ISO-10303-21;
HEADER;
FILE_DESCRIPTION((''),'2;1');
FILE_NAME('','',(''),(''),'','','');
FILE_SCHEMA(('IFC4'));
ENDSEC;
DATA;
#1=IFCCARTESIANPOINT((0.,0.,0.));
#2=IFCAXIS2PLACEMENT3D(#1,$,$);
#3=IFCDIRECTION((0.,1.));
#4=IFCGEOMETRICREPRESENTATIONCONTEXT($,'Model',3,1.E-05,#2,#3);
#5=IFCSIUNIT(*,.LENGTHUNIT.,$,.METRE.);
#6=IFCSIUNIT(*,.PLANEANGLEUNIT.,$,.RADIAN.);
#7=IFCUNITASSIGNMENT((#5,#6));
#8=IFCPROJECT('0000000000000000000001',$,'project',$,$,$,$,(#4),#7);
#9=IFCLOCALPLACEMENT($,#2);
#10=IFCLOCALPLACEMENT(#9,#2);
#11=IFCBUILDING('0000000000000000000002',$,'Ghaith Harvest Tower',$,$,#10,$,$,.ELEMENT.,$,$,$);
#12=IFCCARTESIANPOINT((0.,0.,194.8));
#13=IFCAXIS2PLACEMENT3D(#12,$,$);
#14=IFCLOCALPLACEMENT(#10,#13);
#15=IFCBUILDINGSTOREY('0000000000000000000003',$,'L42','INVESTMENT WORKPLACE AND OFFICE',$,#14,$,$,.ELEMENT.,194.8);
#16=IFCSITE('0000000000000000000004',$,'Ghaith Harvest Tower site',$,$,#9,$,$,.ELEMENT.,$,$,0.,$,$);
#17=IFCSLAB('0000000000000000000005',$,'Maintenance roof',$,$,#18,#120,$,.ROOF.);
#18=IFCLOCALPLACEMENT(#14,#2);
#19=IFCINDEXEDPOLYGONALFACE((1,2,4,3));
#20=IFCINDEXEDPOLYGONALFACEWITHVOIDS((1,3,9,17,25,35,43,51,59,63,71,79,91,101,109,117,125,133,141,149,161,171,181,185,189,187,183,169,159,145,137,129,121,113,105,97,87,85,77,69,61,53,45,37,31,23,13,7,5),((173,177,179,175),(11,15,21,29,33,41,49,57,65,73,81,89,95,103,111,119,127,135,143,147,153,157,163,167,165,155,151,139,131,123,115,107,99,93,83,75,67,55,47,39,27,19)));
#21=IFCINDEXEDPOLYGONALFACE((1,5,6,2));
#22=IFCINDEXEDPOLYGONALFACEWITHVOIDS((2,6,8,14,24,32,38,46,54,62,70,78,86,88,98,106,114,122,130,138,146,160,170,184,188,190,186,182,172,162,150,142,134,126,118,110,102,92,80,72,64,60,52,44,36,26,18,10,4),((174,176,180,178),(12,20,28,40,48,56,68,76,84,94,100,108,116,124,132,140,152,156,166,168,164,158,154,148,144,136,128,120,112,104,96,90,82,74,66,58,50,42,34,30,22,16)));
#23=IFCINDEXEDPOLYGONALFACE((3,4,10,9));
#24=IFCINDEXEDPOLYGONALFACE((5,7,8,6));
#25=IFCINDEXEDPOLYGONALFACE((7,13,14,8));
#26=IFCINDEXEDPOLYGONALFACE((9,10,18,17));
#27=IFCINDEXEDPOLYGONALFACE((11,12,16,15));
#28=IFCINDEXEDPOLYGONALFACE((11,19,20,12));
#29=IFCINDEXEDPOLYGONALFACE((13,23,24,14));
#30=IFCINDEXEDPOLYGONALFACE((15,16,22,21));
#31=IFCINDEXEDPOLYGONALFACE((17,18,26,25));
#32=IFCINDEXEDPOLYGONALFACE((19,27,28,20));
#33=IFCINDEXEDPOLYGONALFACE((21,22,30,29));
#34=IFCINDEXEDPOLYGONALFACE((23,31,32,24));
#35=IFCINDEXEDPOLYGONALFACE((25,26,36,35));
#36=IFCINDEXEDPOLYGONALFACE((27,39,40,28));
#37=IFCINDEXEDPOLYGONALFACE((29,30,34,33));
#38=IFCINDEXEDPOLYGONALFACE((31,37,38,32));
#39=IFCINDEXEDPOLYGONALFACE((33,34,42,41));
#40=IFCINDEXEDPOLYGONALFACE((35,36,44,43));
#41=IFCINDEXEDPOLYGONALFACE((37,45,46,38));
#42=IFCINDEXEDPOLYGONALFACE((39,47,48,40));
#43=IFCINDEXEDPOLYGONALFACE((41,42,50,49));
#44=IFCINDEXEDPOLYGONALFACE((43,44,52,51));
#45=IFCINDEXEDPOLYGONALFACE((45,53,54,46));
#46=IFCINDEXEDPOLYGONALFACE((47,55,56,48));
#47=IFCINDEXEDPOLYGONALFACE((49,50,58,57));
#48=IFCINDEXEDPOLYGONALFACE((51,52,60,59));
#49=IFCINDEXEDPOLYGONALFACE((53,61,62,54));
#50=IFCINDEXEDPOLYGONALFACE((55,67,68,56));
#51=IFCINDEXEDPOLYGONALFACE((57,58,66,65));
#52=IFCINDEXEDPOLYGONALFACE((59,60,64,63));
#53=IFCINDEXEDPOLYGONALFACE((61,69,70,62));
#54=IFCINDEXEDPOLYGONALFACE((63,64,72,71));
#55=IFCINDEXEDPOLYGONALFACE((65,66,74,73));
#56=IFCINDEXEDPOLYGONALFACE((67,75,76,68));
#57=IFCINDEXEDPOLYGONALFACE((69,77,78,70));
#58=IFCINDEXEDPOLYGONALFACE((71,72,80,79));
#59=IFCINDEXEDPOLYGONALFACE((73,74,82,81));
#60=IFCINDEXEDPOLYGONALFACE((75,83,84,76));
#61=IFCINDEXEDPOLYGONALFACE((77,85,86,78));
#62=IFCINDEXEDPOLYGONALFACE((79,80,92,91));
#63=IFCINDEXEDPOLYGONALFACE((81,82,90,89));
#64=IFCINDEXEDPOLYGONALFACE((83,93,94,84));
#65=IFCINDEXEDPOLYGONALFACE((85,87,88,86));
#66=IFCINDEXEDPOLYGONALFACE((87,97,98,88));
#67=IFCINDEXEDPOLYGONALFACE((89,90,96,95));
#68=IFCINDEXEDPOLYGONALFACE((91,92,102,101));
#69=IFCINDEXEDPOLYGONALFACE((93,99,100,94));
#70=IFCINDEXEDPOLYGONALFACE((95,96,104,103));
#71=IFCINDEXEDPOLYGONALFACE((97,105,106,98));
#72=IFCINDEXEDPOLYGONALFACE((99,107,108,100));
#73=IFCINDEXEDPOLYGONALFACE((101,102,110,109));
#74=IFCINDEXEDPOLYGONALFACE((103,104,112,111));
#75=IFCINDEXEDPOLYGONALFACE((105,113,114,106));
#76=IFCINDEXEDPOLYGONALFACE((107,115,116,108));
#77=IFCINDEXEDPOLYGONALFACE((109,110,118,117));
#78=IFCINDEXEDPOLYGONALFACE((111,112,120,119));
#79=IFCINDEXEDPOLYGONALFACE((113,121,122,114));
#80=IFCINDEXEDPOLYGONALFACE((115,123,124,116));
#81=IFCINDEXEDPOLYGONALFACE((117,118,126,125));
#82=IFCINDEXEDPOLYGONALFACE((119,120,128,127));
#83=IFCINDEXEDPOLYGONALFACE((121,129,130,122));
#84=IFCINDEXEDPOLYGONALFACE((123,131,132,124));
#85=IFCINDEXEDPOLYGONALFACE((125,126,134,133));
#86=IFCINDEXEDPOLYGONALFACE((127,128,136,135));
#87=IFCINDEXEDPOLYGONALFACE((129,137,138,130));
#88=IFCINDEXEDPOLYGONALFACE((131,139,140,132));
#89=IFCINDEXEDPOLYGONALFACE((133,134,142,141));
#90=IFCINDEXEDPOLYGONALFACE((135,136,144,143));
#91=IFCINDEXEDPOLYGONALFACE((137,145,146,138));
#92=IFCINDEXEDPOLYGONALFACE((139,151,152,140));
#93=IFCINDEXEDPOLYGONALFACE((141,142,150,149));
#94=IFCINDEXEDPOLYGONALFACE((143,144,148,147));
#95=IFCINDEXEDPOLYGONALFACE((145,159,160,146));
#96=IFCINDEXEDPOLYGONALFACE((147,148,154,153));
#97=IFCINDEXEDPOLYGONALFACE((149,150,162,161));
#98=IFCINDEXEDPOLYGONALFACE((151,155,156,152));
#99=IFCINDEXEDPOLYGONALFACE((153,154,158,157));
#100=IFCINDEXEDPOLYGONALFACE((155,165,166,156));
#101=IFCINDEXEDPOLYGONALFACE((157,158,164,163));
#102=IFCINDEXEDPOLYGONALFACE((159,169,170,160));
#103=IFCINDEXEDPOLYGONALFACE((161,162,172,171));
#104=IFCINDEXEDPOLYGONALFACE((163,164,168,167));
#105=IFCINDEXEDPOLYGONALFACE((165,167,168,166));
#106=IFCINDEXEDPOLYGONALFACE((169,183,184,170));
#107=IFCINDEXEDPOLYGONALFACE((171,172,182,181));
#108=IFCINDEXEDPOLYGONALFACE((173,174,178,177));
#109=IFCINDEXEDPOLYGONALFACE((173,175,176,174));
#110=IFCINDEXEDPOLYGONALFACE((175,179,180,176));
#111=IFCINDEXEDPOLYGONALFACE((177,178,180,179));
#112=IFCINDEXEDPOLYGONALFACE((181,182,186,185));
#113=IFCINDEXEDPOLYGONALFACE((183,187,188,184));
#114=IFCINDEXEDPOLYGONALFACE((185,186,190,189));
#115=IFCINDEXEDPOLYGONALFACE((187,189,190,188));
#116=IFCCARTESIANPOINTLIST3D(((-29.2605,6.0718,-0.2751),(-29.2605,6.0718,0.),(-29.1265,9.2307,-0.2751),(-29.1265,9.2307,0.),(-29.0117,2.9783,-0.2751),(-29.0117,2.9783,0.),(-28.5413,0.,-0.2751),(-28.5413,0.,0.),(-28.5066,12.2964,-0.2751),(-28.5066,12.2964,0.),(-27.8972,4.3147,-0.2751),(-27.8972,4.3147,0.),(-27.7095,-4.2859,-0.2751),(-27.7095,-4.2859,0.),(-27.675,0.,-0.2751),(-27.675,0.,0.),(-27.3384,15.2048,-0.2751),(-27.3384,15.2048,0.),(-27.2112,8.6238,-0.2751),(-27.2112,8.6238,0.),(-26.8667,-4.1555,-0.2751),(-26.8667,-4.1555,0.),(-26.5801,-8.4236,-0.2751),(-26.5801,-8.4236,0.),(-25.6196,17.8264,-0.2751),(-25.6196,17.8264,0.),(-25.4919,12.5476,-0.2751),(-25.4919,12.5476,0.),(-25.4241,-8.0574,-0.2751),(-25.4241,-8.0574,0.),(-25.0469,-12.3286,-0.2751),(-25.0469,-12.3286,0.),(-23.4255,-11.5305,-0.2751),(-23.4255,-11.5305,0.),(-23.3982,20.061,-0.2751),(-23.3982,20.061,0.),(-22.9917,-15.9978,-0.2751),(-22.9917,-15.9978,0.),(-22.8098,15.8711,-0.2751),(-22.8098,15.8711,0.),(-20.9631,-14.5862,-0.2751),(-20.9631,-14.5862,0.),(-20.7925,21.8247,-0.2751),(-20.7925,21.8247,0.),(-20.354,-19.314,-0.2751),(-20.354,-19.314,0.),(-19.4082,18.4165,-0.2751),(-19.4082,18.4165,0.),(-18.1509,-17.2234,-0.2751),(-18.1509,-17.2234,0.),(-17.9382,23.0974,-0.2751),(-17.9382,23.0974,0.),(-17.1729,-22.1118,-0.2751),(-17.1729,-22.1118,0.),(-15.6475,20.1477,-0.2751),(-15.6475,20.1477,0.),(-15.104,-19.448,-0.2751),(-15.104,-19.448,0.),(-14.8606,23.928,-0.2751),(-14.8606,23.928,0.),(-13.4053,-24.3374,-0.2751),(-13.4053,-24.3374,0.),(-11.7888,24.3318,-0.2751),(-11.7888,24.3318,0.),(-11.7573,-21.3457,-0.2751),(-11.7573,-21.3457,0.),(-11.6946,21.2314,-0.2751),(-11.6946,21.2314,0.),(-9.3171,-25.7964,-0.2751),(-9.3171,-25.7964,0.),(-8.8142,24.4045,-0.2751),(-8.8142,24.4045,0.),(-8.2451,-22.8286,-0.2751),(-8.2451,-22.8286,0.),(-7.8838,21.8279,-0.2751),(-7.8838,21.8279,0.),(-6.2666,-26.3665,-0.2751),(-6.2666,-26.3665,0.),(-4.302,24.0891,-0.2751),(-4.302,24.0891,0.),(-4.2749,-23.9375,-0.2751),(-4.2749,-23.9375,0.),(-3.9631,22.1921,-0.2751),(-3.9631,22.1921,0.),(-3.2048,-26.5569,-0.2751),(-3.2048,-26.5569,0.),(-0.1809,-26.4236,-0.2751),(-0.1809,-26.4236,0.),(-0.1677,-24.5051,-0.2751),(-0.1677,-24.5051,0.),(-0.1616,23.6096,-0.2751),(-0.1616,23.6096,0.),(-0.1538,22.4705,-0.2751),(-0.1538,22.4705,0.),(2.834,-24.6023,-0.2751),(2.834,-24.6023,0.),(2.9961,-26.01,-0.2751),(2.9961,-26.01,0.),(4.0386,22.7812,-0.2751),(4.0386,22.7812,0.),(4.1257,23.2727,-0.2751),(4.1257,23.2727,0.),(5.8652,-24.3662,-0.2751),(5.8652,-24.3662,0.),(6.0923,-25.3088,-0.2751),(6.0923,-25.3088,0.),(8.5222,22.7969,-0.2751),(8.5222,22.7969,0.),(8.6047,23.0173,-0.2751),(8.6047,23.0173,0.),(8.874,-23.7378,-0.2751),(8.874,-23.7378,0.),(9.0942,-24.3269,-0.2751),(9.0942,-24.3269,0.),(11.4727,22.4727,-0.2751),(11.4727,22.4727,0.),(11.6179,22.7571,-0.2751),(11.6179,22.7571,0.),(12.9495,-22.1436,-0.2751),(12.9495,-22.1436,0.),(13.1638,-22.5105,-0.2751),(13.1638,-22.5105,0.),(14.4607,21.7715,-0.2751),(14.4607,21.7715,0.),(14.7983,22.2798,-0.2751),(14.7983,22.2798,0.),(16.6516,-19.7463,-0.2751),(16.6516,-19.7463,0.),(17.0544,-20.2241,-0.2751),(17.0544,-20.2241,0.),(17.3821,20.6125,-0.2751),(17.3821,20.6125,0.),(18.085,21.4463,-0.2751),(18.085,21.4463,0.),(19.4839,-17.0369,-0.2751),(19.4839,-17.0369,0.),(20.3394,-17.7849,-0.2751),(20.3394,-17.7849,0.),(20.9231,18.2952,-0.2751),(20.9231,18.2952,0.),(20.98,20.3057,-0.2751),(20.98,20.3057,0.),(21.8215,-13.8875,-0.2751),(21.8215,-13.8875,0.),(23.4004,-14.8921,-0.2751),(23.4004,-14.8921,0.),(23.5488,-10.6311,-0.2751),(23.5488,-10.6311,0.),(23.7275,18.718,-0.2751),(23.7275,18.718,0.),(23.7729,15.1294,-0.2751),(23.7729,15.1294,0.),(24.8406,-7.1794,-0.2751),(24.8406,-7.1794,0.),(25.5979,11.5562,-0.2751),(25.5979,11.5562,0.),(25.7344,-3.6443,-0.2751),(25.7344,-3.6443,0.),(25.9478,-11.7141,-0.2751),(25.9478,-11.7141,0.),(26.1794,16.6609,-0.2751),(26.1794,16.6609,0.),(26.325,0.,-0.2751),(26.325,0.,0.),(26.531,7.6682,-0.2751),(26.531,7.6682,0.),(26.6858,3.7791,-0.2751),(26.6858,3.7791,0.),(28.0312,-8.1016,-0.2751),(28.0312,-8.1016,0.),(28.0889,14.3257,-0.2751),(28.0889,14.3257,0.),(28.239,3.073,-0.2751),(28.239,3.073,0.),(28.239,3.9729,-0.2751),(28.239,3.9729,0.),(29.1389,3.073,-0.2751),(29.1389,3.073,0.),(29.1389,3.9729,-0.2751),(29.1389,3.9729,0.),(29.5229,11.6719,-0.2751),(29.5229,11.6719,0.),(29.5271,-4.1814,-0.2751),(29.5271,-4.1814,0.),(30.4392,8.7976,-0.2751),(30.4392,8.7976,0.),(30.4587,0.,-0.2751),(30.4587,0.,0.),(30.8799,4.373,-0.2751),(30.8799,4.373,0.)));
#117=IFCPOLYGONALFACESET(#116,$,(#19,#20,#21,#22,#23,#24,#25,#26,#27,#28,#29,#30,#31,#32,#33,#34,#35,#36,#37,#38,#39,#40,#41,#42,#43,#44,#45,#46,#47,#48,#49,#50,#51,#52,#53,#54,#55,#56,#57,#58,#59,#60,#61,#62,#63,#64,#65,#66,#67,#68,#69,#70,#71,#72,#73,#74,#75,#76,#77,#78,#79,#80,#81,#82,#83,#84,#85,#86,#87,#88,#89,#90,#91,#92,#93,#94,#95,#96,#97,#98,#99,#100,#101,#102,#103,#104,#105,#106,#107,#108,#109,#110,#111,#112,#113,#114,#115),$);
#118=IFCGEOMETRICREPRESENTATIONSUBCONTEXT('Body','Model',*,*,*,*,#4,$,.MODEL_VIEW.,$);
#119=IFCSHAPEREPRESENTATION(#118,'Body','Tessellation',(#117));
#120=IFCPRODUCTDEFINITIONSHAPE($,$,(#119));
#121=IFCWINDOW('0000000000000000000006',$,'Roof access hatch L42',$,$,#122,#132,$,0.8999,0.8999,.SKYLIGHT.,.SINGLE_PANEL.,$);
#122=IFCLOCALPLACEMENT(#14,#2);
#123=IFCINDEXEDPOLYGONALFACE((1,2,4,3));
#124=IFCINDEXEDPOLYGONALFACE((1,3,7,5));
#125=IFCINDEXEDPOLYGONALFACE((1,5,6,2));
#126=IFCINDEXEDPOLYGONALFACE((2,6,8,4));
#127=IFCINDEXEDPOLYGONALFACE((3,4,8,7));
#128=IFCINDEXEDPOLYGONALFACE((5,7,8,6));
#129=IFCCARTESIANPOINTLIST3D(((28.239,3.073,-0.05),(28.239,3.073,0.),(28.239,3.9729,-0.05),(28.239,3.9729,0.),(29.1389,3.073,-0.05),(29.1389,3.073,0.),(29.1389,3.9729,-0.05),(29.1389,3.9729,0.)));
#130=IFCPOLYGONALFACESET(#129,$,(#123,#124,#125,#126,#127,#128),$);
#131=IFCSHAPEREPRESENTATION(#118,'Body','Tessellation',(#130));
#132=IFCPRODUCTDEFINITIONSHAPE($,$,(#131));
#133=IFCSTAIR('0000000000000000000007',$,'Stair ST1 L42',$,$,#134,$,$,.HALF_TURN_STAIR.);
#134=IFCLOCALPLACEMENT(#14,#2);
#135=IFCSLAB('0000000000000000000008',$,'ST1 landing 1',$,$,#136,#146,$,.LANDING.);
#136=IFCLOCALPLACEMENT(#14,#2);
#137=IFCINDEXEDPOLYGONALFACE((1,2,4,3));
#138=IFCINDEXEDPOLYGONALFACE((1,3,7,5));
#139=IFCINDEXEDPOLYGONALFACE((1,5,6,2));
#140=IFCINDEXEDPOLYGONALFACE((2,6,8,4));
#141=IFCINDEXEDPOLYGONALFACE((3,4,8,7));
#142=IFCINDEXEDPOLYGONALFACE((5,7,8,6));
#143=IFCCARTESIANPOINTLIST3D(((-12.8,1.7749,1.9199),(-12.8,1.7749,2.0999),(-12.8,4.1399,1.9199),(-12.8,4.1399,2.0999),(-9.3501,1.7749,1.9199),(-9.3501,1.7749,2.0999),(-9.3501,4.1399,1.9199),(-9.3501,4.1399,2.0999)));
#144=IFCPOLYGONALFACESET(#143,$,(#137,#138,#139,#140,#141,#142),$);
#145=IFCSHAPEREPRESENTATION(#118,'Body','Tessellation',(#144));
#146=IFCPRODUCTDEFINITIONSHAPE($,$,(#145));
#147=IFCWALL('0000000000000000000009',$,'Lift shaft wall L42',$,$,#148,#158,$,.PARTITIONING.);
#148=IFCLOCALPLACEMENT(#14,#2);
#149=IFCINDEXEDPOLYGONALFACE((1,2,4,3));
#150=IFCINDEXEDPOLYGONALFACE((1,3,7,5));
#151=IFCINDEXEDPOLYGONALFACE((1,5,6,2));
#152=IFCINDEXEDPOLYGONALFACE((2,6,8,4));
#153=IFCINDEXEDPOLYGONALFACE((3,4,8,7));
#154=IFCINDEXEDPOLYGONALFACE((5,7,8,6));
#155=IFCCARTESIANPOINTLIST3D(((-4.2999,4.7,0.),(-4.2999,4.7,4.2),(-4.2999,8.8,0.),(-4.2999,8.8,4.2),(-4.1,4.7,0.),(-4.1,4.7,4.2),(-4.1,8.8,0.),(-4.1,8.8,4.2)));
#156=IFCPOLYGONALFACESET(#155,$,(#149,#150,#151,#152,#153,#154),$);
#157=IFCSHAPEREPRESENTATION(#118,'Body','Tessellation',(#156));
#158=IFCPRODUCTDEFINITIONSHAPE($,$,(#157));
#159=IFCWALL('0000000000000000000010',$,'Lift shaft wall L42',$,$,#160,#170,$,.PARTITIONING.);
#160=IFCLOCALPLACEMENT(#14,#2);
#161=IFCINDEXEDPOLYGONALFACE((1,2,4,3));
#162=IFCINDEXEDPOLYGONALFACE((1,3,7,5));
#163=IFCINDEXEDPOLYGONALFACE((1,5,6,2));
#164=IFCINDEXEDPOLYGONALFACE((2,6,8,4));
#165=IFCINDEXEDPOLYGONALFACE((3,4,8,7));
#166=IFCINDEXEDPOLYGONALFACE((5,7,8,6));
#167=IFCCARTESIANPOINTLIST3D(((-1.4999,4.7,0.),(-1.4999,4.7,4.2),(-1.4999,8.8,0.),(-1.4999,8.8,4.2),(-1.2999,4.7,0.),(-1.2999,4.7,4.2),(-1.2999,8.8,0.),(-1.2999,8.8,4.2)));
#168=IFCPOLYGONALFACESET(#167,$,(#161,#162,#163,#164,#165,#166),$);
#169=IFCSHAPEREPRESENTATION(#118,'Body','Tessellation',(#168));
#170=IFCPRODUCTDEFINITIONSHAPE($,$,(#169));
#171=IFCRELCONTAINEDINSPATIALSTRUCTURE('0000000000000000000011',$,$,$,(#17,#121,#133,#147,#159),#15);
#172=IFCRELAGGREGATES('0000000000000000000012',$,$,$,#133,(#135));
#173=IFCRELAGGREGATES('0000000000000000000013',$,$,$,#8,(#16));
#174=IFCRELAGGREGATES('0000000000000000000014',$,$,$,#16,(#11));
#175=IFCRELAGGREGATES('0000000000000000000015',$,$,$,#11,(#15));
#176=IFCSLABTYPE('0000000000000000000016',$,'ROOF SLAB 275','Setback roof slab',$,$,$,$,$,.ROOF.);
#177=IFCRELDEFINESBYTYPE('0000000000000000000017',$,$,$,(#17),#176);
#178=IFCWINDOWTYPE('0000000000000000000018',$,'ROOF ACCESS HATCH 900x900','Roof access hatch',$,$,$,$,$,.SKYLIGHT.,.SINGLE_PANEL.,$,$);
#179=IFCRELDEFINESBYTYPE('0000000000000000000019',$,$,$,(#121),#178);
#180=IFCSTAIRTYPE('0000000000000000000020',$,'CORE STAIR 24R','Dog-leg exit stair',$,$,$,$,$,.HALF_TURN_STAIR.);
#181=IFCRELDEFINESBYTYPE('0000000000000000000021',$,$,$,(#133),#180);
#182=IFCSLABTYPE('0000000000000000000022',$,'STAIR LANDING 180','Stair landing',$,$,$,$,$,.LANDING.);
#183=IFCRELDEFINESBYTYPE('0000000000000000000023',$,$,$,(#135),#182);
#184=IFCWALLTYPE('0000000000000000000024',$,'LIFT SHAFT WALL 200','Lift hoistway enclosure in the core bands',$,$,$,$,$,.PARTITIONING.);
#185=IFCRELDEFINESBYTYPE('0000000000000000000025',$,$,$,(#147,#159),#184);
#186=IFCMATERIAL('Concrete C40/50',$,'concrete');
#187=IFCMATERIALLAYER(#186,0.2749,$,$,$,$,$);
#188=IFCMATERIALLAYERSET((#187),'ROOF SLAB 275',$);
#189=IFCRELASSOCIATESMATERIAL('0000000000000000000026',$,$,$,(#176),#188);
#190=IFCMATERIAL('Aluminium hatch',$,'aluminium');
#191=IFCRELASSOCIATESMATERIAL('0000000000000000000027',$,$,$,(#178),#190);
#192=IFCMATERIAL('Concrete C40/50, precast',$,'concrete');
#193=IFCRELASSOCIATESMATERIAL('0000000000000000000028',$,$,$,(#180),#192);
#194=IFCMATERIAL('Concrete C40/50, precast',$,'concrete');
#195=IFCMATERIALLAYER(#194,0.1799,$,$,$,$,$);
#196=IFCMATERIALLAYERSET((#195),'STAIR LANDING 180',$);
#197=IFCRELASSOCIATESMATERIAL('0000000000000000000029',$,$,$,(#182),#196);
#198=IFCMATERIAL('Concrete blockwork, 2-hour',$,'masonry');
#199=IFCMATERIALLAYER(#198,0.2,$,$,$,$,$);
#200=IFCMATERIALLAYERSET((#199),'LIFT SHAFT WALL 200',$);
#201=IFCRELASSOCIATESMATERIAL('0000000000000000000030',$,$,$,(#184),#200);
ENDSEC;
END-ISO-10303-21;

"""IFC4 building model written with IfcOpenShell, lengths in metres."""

from ifc_helpers import new_model, si_unit, direction, frame, frame_2d, origin, origin_2d, place, context, subcontext, project, spatial, polyline, rectangle, outline, extrude, material, layer, layer_set, type_object, element, fill, aggregate, save


model = new_model("IFC4")

# Units and contexts
model_context = context("Model", 3, precision=1e-05, world=origin(), true_north=direction((0.0, 1.0)))
body_context = subcontext(model_context, "Body", "Model", "MODEL_VIEW")
ifc_project = project(units=[si_unit("LENGTHUNIT", "METRE"), si_unit("PLANEANGLEUNIT", "RADIAN")], contexts=[model_context])

# Site, building, storey
site_placement = place(None, origin())
site = spatial("IfcSite", under=ifc_project, at=site_placement, Name="Ghaith Harvest Tower site", CompositionType="ELEMENT", RefElevation=0.0)
building_placement = place(site_placement, origin())
building = spatial("IfcBuilding", under=site, at=building_placement, Name="Ghaith Harvest Tower", CompositionType="ELEMENT")
storey_placement = place(building_placement, frame((0.0, 0.0, 194.8)))
storey = spatial("IfcBuildingStorey", under=building, at=storey_placement, Name="L42", Description="INVESTMENT WORKPLACE AND OFFICE", CompositionType="ELEMENT", Elevation=194.8)

# Slab, opening, window
ifc_material_1 = material(Name="Concrete C40/50", Category="concrete")
ifc_layer_1 = layer(ifc_material_1, 0.2749)
ifc_layer_set_1 = layer_set([ifc_layer_1], Name="ROOF SLAB 275")
slab_type_1 = type_object("IfcSlabType", Name="ROOF SLAB 275", Description="Setback roof slab", PredefinedType="ROOF", material=ifc_layer_set_1)
slab_1_placement = place(storey_placement, frame((0.0, 0.0, -0.2751)))
slab_1 = element("IfcSlab", 1, at=slab_1_placement, inside=storey, type_object=slab_type_1, Name="Maintenance roof", PredefinedType="ROOF", context=body_context, shape_type="SweptSolid", body=[
    extrude(outline(polyline([(29.5271, -4.1814), (28.0312, -8.1016), (25.9478, -11.7141), (23.4004, -14.8921), (20.3394, -17.7849), (17.0544, -20.2241), (13.1638, -22.5105), (9.0942, -24.3269), (6.0923, -25.3088), (2.9961, -26.01), (-0.1809, -26.4236), (-3.2048, -26.5569), (-6.2666, -26.3665), (-9.3171, -25.7964), (-13.4053, -24.3374), (-17.1729, -22.1118), (-20.354, -19.314), (-22.9917, -15.9978), (-25.0469, -12.3286), (-26.5801, -8.4236), (-27.7095, -4.2859), (-28.5413, 0.0), (-29.0117, 2.9783), (-29.2605, 6.0718), (-29.1265, 9.2307), (-28.5066, 12.2964), (-27.3384, 15.2048), (-25.6196, 17.8264), (-23.3982, 20.061), (-20.7925, 21.8247), (-17.9382, 23.0974), (-14.8606, 23.928), (-11.7888, 24.3318), (-8.8142, 24.4045), (-4.302, 24.0891), (-0.1616, 23.6096), (4.1257, 23.2727), (8.6047, 23.0173), (11.6179, 22.7571), (14.7983, 22.2798), (18.085, 21.4463), (20.98, 20.3057), (23.7275, 18.718), (26.1794, 16.6609), (28.0889, 14.3257), (29.5229, 11.6719), (30.4392, 8.7976), (30.8799, 4.373), (30.4587, 0.0), (29.5271, -4.1814)]), holes=[polyline([(26.6858, 3.7791), (26.531, 7.6682), (25.5979, 11.5562), (23.7729, 15.1294), (20.9231, 18.2952), (17.3821, 20.6125), (14.4607, 21.7715), (11.4727, 22.4727), (8.5222, 22.7969), (4.0386, 22.7812), (-0.1538, 22.4705), (-3.9631, 22.1921), (-7.8838, 21.8279), (-11.6946, 21.2314), (-15.6475, 20.1477), (-19.4082, 18.4165), (-22.8098, 15.8711), (-25.4919, 12.5476), (-27.2112, 8.6238), (-27.8972, 4.3147), (-27.675, 0.0), (-26.8667, -4.1555), (-25.4241, -8.0574), (-23.4255, -11.5305), (-20.9631, -14.5862), (-18.1509, -17.2234), (-15.104, -19.448), (-11.7573, -21.3457), (-8.2451, -22.8286), (-4.2749, -23.9375), (-0.1677, -24.5051), (2.834, -24.6023), (5.8652, -24.3662), (8.874, -23.7378), (12.9495, -22.1436), (16.6516, -19.7463), (19.4839, -17.0369), (21.8215, -13.8875), (23.5488, -10.6311), (24.8406, -7.1794), (25.7344, -3.6443), (26.325, 0.0), (26.6858, 3.7791)])]), origin(), (0.0, 0.0, 1.0), 0.2751),
])
opening_1_placement = place(slab_1_placement, frame((28.689, 3.5229, 0.0)))
opening_1 = element("IfcOpeningElement", 2, at=opening_1_placement, cuts=slab_1, PredefinedType="OPENING", context=body_context, shape_type="SweptSolid", body=[
    extrude(rectangle(XDim=0.8999, YDim=0.8999, at=origin_2d()), origin(), (0.0, 0.0, 1.0), 0.2751),
])
ifc_material_2 = material(Name="Aluminium hatch", Category="aluminium")
window_type = type_object("IfcWindowType", Name="ROOF ACCESS HATCH 900x900", Description="Roof access hatch", PartitioningType="SINGLE_PANEL", PredefinedType="SKYLIGHT", material=ifc_material_2)
window_placement = place(opening_1_placement, frame((0.0, 0.0, 0.2251)))
window = element("IfcWindow", 3, at=window_placement, inside=storey, type_object=window_type, Name="Roof access hatch L42", OverallHeight=0.8999, OverallWidth=0.8999, PartitioningType="SINGLE_PANEL", PredefinedType="SKYLIGHT", context=body_context, shape_type="SweptSolid", body=[
    extrude(rectangle(XDim=0.8999, YDim=0.8999, at=origin_2d()), origin(), (0.0, 0.0, 1.0), 0.05),
])
fill(opening_1, window)

# Stair, slab
ifc_material_3 = material(Name="Concrete C40/50, precast", Category="concrete")
stair_type = type_object("IfcStairType", Name="CORE STAIR 24R", Description="Dog-leg exit stair", PredefinedType="HALF_TURN_STAIR", material=ifc_material_3)
stair_placement = place(storey_placement, origin())
stair = element("IfcStair", 4, at=stair_placement, inside=storey, type_object=stair_type, Name="Stair ST1 L42", PredefinedType="HALF_TURN_STAIR")
ifc_material_4 = material(Name="Concrete C40/50, precast", Category="concrete")
ifc_layer_2 = layer(ifc_material_4, 0.1799)
ifc_layer_set_2 = layer_set([ifc_layer_2], Name="STAIR LANDING 180")
slab_type_2 = type_object("IfcSlabType", Name="STAIR LANDING 180", Description="Stair landing", PredefinedType="LANDING", material=ifc_layer_set_2)
slab_2_placement = place(storey_placement, frame((0.0, 0.0, 1.9199)))
slab_2 = element("IfcSlab", 5, at=slab_2_placement, type_object=slab_type_2, Name="ST1 landing 1", PredefinedType="LANDING", context=body_context, shape_type="SweptSolid", body=[
    extrude(outline(polyline([(-12.8, 4.1399), (-12.8, 1.7749), (-9.3501, 1.7749), (-9.3501, 4.1399), (-12.8, 4.1399)])), origin(), (0.0, 0.0, 1.0), 0.1799),
])
aggregate(stair, [slab_2])

# Walls
ifc_material_5 = material(Name="Concrete blockwork, 2-hour", Category="masonry")
ifc_layer_3 = layer(ifc_material_5, 0.2)
ifc_layer_set_3 = layer_set([ifc_layer_3], Name="LIFT SHAFT WALL 200")
wall_type_1 = type_object("IfcWallType", Name="LIFT SHAFT WALL 200", Description="Lift hoistway enclosure in the core bands", PredefinedType="PARTITIONING", material=ifc_layer_set_3)
for number, where, z_axis, x_axis, name in (
    (6, (-4.2, 4.7, 0.0), (0.0, 0.0, 1.0), (0.0, 1.0, 0.0), "Lift shaft wall L42"),
    (7, (-1.3999, 4.7, 0.0), (0.0, 0.0, 1.0), (0.0, 1.0, 0.0), "Lift shaft wall L42"),
):
    element("IfcWall", number, at=place(storey_placement, frame(where, z_axis=z_axis, x_axis=x_axis)), inside=storey, type_object=wall_type_1, Name=name, PredefinedType="PARTITIONING", context=body_context, shape_type="SweptSolid", body=[
        extrude(rectangle(XDim=4.1001, YDim=0.2, at=frame_2d((2.05, 0.0))), origin(), (0.0, 0.0, 1.0), 4.2),
    ])

save(model, "model.ifc")
